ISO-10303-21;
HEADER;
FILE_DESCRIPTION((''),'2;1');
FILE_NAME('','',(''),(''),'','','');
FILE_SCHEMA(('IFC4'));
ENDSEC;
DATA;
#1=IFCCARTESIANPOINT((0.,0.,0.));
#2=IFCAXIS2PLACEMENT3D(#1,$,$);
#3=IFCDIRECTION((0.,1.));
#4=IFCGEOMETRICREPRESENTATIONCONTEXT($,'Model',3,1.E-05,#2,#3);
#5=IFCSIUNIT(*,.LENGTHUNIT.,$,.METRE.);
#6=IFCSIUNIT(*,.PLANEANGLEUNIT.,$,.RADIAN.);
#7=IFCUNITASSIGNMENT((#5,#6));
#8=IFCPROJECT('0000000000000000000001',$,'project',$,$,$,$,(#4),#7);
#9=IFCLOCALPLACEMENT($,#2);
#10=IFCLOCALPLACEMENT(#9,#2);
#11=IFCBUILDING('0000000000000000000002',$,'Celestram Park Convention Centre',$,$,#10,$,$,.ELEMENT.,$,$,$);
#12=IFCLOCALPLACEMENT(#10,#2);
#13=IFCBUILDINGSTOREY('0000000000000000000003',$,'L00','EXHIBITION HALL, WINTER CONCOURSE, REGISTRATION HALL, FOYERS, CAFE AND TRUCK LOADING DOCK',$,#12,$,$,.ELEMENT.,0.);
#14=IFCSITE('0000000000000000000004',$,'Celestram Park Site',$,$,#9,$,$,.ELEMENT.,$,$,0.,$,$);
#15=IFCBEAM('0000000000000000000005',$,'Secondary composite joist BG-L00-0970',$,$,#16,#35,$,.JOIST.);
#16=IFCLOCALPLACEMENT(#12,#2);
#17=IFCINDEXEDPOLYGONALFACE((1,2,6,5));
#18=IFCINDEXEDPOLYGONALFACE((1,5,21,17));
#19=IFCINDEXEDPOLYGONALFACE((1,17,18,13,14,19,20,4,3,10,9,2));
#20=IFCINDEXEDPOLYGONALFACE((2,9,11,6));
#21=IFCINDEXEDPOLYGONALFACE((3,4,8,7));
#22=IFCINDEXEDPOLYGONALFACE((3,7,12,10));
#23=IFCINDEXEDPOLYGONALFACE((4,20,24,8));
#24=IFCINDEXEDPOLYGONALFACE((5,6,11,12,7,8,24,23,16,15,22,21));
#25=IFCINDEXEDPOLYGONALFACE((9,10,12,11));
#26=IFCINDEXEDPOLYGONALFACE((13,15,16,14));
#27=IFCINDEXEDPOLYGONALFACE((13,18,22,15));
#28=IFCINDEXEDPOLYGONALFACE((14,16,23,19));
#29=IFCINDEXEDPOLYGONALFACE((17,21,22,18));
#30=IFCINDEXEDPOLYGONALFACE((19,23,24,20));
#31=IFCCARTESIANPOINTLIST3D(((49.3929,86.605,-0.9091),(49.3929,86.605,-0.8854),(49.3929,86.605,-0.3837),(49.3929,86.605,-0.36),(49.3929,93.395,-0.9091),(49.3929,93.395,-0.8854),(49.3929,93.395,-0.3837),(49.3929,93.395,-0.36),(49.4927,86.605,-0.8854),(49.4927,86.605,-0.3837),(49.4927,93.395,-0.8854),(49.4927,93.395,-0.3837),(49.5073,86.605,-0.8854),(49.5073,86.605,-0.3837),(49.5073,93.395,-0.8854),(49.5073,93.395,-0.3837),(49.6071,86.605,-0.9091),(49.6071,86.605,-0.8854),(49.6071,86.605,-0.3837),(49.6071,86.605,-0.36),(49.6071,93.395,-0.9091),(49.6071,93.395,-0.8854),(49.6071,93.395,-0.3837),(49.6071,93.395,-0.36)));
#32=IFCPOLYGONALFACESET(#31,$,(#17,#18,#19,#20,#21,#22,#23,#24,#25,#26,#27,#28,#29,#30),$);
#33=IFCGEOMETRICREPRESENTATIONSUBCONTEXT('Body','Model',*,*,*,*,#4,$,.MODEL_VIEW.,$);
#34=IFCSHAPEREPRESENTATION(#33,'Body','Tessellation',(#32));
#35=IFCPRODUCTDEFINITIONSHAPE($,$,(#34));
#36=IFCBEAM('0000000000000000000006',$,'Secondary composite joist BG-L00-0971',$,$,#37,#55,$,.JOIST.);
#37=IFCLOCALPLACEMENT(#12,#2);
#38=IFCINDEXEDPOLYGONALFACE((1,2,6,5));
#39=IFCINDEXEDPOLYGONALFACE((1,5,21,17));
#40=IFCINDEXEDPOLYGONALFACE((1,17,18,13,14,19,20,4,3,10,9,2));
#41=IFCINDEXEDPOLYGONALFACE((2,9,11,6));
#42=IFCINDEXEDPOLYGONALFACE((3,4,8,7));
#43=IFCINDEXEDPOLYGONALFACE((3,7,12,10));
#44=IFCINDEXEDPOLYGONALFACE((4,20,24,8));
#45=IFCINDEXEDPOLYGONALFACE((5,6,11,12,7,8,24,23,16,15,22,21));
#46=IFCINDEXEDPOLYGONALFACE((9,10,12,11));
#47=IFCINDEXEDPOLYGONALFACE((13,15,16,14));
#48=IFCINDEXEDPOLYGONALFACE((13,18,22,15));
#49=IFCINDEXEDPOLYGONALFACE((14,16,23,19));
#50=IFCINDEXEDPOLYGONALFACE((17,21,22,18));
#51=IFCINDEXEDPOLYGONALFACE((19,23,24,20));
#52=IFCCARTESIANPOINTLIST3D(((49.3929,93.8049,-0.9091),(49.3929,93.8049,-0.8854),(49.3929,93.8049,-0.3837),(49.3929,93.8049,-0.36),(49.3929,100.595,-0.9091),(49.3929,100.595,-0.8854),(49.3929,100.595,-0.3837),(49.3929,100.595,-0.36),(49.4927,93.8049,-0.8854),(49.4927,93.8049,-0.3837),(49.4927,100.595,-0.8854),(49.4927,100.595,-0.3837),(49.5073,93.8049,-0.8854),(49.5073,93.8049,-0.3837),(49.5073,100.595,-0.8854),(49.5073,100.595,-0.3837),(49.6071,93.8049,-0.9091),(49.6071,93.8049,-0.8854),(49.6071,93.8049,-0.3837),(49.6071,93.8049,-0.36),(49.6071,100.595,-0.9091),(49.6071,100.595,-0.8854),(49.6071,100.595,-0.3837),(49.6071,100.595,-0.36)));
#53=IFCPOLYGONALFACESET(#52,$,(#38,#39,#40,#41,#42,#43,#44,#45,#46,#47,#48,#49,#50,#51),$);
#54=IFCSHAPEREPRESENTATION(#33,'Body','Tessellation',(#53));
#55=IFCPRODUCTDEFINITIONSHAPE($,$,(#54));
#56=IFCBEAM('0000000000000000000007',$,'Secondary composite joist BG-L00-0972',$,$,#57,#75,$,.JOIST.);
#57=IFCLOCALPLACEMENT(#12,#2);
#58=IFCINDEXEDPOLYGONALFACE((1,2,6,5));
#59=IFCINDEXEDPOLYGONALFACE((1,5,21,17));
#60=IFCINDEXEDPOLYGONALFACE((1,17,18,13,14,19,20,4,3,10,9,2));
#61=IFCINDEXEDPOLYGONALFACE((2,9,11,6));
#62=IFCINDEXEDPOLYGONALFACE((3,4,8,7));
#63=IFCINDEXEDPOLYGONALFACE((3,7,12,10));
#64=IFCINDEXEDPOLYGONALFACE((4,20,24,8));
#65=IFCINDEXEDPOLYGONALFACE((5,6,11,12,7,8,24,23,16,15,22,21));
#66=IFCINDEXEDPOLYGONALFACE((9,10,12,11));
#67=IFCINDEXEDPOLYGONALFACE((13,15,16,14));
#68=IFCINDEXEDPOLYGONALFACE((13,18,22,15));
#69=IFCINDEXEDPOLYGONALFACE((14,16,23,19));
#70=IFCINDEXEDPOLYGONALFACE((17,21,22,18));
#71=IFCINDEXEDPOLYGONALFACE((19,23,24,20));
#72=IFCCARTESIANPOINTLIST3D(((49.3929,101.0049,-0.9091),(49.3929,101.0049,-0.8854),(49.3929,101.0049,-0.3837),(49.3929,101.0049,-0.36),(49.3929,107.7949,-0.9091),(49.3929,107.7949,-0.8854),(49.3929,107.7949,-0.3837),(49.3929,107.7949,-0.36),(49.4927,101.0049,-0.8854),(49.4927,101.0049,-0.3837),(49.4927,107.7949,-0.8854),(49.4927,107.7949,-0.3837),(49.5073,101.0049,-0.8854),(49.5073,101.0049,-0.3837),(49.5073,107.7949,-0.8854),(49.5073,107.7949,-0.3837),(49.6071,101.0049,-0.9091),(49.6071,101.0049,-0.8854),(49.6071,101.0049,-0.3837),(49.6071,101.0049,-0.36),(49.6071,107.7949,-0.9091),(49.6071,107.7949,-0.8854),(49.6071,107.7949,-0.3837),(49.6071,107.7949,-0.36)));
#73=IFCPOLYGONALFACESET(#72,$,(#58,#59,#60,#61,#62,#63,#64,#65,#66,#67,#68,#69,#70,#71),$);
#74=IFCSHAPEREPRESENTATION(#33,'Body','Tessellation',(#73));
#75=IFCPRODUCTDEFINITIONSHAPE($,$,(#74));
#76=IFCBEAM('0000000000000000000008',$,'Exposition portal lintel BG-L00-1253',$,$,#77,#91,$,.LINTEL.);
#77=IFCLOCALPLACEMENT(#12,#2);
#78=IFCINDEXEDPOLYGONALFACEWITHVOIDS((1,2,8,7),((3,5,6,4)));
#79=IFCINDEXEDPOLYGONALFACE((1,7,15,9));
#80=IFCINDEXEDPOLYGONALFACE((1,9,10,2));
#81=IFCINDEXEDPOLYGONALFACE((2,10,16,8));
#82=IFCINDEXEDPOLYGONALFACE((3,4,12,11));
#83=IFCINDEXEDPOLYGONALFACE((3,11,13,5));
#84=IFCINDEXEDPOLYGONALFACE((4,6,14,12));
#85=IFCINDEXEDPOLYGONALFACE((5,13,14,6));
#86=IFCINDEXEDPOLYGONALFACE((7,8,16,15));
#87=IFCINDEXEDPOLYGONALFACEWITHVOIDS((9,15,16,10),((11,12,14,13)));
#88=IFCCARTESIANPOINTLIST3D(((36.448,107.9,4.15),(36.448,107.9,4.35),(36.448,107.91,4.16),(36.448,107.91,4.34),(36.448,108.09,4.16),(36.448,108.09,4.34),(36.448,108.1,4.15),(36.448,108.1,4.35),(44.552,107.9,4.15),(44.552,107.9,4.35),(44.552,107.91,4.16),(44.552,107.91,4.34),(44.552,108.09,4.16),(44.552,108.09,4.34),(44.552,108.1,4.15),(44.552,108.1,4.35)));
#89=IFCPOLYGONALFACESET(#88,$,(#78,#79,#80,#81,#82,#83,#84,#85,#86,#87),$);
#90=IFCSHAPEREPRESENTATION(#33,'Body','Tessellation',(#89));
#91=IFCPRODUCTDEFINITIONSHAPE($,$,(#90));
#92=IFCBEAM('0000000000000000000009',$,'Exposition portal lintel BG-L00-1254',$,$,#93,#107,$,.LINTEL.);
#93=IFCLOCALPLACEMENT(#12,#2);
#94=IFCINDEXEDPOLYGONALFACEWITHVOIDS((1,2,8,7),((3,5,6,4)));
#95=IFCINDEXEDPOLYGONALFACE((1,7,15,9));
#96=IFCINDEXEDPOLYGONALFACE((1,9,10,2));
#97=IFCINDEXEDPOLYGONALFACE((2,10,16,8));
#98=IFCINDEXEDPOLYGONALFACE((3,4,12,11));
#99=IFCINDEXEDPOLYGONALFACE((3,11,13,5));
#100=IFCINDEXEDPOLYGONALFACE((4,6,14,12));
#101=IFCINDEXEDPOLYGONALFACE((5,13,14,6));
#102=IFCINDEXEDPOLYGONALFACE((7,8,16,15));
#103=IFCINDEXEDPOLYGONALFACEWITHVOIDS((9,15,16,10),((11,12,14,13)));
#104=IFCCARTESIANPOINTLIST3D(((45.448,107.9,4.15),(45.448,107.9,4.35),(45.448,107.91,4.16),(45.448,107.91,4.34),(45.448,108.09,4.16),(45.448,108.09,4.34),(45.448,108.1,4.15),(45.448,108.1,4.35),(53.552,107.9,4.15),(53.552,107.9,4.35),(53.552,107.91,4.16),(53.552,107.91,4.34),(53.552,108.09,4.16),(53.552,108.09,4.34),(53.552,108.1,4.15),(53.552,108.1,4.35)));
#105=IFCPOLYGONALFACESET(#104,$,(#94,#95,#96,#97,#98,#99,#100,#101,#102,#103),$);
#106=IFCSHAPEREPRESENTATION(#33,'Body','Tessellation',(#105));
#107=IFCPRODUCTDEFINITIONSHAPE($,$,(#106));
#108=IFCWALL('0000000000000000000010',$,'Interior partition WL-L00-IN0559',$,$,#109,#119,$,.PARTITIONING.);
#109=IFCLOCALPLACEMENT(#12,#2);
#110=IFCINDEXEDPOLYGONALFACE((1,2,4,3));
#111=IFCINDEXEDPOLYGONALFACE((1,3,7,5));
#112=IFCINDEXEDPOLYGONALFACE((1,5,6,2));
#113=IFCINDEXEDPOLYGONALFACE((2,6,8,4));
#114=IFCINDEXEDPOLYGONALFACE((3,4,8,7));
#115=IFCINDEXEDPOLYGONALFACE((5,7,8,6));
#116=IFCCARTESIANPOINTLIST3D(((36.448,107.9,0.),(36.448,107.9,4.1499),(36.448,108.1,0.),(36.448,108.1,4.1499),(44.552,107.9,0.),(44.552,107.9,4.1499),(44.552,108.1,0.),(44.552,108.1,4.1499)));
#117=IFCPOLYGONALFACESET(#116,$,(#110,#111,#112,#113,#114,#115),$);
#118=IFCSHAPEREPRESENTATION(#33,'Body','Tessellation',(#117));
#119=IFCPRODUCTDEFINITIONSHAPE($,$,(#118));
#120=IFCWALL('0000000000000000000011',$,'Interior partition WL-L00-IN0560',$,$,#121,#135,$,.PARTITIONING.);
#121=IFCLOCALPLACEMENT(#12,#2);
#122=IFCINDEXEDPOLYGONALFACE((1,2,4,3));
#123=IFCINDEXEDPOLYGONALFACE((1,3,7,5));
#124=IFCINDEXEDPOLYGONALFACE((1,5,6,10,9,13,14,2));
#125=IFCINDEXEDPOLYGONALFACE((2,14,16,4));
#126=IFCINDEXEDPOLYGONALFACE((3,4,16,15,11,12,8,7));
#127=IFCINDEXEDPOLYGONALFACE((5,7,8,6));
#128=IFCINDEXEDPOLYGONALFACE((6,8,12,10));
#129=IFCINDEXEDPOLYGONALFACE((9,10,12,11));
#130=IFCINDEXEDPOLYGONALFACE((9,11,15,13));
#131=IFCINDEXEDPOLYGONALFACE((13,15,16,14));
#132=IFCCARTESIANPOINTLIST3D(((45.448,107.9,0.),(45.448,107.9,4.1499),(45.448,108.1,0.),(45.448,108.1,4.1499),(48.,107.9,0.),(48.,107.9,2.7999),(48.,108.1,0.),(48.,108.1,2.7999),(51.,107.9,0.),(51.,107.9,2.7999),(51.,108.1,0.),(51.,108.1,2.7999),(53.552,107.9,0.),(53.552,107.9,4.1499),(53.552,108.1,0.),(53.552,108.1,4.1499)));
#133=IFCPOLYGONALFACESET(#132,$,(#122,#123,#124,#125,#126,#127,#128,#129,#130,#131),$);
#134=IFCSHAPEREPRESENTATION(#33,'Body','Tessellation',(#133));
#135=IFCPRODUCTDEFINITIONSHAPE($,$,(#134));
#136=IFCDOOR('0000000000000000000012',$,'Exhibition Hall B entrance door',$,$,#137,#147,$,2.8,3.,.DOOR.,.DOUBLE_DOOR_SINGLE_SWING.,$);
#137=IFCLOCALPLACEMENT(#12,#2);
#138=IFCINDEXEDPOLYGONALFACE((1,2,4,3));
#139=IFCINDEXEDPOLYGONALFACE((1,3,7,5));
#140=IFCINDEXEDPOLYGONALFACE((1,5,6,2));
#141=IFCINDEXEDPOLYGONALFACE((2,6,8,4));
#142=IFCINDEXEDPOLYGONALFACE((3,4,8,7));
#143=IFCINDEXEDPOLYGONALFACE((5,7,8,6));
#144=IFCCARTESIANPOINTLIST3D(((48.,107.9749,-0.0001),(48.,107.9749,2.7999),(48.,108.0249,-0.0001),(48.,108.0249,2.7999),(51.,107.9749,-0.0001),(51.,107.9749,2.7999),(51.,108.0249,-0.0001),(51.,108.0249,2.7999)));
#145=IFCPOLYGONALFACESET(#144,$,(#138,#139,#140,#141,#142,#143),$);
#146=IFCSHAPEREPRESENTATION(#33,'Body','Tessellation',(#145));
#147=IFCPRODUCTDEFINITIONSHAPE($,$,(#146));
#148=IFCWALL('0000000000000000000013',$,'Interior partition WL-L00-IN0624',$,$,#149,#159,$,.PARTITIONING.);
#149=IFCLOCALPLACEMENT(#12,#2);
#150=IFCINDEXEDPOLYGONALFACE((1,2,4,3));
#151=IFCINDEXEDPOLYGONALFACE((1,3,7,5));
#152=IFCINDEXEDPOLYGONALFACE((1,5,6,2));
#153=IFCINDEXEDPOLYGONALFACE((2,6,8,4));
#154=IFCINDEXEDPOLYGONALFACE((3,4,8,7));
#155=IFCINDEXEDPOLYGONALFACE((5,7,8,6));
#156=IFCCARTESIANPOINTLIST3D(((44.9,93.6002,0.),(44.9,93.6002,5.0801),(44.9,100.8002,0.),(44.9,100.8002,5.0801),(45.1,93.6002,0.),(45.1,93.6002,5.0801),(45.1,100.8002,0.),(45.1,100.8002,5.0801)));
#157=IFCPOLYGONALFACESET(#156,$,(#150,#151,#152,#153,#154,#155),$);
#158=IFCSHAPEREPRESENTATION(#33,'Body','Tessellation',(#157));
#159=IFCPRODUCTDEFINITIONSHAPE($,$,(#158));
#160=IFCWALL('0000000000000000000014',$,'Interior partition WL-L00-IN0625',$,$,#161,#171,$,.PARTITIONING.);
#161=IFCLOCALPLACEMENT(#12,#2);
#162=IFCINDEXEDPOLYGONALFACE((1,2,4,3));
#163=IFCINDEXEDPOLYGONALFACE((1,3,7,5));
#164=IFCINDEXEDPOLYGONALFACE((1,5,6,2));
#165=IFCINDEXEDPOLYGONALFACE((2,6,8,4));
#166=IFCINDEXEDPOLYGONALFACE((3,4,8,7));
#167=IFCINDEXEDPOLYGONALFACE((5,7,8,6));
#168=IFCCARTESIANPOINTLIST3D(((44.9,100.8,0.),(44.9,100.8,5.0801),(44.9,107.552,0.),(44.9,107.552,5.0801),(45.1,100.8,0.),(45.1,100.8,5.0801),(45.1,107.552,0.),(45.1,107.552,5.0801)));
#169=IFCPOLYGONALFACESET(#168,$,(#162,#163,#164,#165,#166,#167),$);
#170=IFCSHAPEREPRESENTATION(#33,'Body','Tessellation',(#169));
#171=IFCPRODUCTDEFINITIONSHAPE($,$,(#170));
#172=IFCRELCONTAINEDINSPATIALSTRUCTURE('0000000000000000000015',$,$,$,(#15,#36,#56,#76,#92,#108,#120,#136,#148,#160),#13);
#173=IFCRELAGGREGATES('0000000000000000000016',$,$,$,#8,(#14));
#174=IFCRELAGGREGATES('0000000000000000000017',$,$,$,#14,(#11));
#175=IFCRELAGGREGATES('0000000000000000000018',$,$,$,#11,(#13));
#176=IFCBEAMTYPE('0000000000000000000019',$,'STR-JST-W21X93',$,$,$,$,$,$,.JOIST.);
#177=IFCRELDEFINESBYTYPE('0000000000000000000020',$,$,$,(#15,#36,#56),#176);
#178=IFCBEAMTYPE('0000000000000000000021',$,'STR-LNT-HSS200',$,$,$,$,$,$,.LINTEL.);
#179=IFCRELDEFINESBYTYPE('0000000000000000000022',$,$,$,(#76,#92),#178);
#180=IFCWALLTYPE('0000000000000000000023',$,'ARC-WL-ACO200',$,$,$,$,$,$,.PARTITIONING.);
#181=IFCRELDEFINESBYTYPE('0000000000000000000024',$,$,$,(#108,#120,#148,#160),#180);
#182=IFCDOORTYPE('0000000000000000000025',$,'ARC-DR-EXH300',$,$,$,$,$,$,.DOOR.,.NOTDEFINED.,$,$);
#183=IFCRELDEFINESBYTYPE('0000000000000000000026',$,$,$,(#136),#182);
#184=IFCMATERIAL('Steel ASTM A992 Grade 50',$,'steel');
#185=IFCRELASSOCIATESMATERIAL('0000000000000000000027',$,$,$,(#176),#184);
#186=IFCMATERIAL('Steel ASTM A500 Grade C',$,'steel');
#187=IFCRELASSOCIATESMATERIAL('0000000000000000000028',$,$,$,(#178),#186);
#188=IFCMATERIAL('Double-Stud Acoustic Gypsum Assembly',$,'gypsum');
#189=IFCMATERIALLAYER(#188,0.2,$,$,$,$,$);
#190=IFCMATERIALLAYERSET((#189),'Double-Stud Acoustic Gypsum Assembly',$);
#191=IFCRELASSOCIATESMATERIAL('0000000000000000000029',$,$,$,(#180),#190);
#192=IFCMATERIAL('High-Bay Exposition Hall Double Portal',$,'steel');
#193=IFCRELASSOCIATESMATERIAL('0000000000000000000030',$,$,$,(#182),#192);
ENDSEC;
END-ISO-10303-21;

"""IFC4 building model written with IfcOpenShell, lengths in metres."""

from ifc_helpers import new_model, si_unit, direction, frame, frame_2d, origin, origin_2d, place, context, subcontext, project, spatial, rectangle, hollow_rectangle, i_section, extrude, material, layer, layer_set, material_profile, profile_set, type_object, element, fill, save


model = new_model("IFC4")

# Units and contexts
model_context = context("Model", 3, precision=1e-05, world=origin(), true_north=direction((0.0, 1.0)))
body_context = subcontext(model_context, "Body", "Model", "MODEL_VIEW")
ifc_project = project(units=[si_unit("LENGTHUNIT", "METRE"), si_unit("PLANEANGLEUNIT", "RADIAN")], contexts=[model_context])

# Site, building, storey
site_placement = place(None, origin())
site = spatial("IfcSite", under=ifc_project, at=site_placement, Name="Celestram Park Site", CompositionType="ELEMENT", RefElevation=0.0)
building_placement = place(site_placement, origin())
building = spatial("IfcBuilding", under=site, at=building_placement, Name="Celestram Park Convention Centre", CompositionType="ELEMENT")
storey_placement = place(building_placement, origin())
storey = spatial("IfcBuildingStorey", under=building, at=storey_placement, Name="L00", Description="EXHIBITION HALL, WINTER CONCOURSE, REGISTRATION HALL, FOYERS, CAFE AND TRUCK LOADING DOCK", CompositionType="ELEMENT", Elevation=0.0)

# Beams
ifc_material_1 = material(Name="Steel ASTM A992 Grade 50", Category="steel")
ifc_material_profile_1 = material_profile(ifc_material_1, i_section(OverallWidth=0.2141, OverallDepth=0.5491, WebThickness=0.0146, FlangeThickness=0.0237, at=origin_2d()), Name="W21X93")
ifc_profile_set_1 = profile_set([ifc_material_profile_1], Name="Steel ASTM A992 Grade 50")
beam_type_1 = type_object("IfcBeamType", Name="STR-JST-W21X93", PredefinedType="JOIST", material=ifc_profile_set_1)
for number, where, z_axis, x_axis, name in (
    (1, (49.5, 86.605, -0.6345), (0.0, 1.0, 0.0), (-1.0, 0.0, 0.0), "Secondary composite joist BG-L00-0970"),
    (2, (49.5, 93.8049, -0.6345), (0.0, 1.0, 0.0), (-1.0, 0.0, 0.0), "Secondary composite joist BG-L00-0971"),
    (3, (49.5, 101.0049, -0.6345), (0.0, 1.0, 0.0), (-1.0, 0.0, 0.0), "Secondary composite joist BG-L00-0972"),
):
    element("IfcBeam", number, at=place(storey_placement, frame(where, z_axis=z_axis, x_axis=x_axis)), inside=storey, type_object=beam_type_1, Name=name, PredefinedType="JOIST", context=body_context, shape_type="SweptSolid", body=[
        extrude(i_section(OverallWidth=0.2141, OverallDepth=0.5491, WebThickness=0.0146, FlangeThickness=0.0237, at=origin_2d()), origin(), (0.0, 0.0, 1.0), 6.79),
    ])
ifc_material_2 = material(Name="Steel ASTM A500 Grade C", Category="steel")
ifc_material_profile_2 = material_profile(ifc_material_2, hollow_rectangle(XDim=0.2, YDim=0.2, WallThickness=0.01, at=origin_2d()), Name="HSS200X200X10")
ifc_profile_set_2 = profile_set([ifc_material_profile_2], Name="Steel ASTM A500 Grade C")
beam_type_2 = type_object("IfcBeamType", Name="STR-LNT-HSS200", PredefinedType="LINTEL", material=ifc_profile_set_2)
for number, where, z_axis, x_axis, name in (
    (4, (36.448, 108.0, 4.25), (1.0, 0.0, 0.0), (0.0, 1.0, 0.0), "Exposition portal lintel BG-L00-1253"),
    (5, (45.448, 108.0, 4.25), (1.0, 0.0, 0.0), (0.0, 1.0, 0.0), "Exposition portal lintel BG-L00-1254"),
):
    element("IfcBeam", number, at=place(storey_placement, frame(where, z_axis=z_axis, x_axis=x_axis)), inside=storey, type_object=beam_type_2, Name=name, PredefinedType="LINTEL", context=body_context, shape_type="SweptSolid", body=[
        extrude(hollow_rectangle(XDim=0.2, YDim=0.2, WallThickness=0.01, at=origin_2d()), origin(), (0.0, 0.0, 1.0), 8.104),
    ])

# Wall
ifc_material_3 = material(Name="Double-Stud Acoustic Gypsum Assembly", Category="gypsum")
ifc_layer = layer(ifc_material_3, 0.2)
ifc_layer_set = layer_set([ifc_layer], Name="Double-Stud Acoustic Gypsum Assembly")
wall_type = type_object("IfcWallType", Name="ARC-WL-ACO200", PredefinedType="PARTITIONING", material=ifc_layer_set)
wall_1_placement = place(storey_placement, frame((36.448, 108.0, 0.0), z_axis=(0.0, 0.0, 1.0), x_axis=(1.0, 0.0, 0.0)))
element("IfcWall", 6, at=wall_1_placement, inside=storey, type_object=wall_type, Name="Interior partition WL-L00-IN0559", PredefinedType="PARTITIONING", context=body_context, shape_type="SweptSolid", body=[
    extrude(rectangle(XDim=8.104, YDim=0.2, at=frame_2d((4.052, 0.0))), origin(), (0.0, 0.0, 1.0), 4.1499),
])

# Wall, opening, door
wall_2_placement = place(storey_placement, frame((45.448, 108.0, 0.0), z_axis=(0.0, 0.0, 1.0), x_axis=(1.0, 0.0, 0.0)))
wall_2 = element("IfcWall", 7, at=wall_2_placement, inside=storey, type_object=wall_type, Name="Interior partition WL-L00-IN0560", PredefinedType="PARTITIONING", context=body_context, shape_type="SweptSolid", body=[
    extrude(rectangle(XDim=8.104, YDim=0.2, at=frame_2d((4.052, 0.0))), origin(), (0.0, 0.0, 1.0), 4.1499),
])
opening_placement = place(wall_2_placement, frame((2.552, 0.0, 0.0)))
opening = element("IfcOpeningElement", 8, at=opening_placement, cuts=wall_2, PredefinedType="OPENING", context=body_context, shape_type="SweptSolid", body=[
    extrude(rectangle(XDim=3.0, YDim=2.8, at=frame_2d((1.5, 1.3999))), frame((0.0, 0.1099, 0.0), z_axis=(0.0, -1.0, 0.0), x_axis=(1.0, 0.0, 0.0)), (0.0, 0.0, 1.0), 0.22),
])
ifc_material_4 = material(Name="High-Bay Exposition Hall Double Portal", Category="steel")
door_type = type_object("IfcDoorType", Name="ARC-DR-EXH300", OperationType="NOTDEFINED", PredefinedType="DOOR", material=ifc_material_4)
door_placement = place(opening_placement, origin())
door = element("IfcDoor", 9, at=door_placement, inside=storey, type_object=door_type, Name="Exhibition Hall B entrance door", OperationType="DOUBLE_DOOR_SINGLE_SWING", OverallHeight=2.8, OverallWidth=3.0, PredefinedType="DOOR", context=body_context, shape_type="SweptSolid", body=[
    extrude(rectangle(XDim=3.0, YDim=2.8, at=frame_2d((1.5, 1.3999))), frame((0.0, 0.0249, 0.0), z_axis=(0.0, -1.0, 0.0), x_axis=(1.0, 0.0, 0.0)), (0.0, 0.0, 1.0), 0.05),
])
fill(opening, door)

# Walls
wall_3_placement = place(storey_placement, frame((45.0, 93.6001, 0.0), z_axis=(0.0, 0.0, 1.0), x_axis=(0.0, 1.0, 0.0)))
element("IfcWall", 10, at=wall_3_placement, inside=storey, type_object=wall_type, Name="Interior partition WL-L00-IN0624", PredefinedType="PARTITIONING", context=body_context, shape_type="SweptSolid", body=[
    extrude(rectangle(XDim=7.2, YDim=0.2, at=frame_2d((3.6001, 0.0))), origin(), (0.0, 0.0, 1.0), 5.0801),
])
wall_4_placement = place(storey_placement, frame((45.0, 100.8, 0.0), z_axis=(0.0, 0.0, 1.0), x_axis=(0.0, 1.0, 0.0)))
element("IfcWall", 11, at=wall_4_placement, inside=storey, type_object=wall_type, Name="Interior partition WL-L00-IN0625", PredefinedType="PARTITIONING", context=body_context, shape_type="SweptSolid", body=[
    extrude(rectangle(XDim=6.752, YDim=0.2, at=frame_2d((3.376, 0.0))), origin(), (0.0, 0.0, 1.0), 5.0801),
])

save(model, "model.ifc")
